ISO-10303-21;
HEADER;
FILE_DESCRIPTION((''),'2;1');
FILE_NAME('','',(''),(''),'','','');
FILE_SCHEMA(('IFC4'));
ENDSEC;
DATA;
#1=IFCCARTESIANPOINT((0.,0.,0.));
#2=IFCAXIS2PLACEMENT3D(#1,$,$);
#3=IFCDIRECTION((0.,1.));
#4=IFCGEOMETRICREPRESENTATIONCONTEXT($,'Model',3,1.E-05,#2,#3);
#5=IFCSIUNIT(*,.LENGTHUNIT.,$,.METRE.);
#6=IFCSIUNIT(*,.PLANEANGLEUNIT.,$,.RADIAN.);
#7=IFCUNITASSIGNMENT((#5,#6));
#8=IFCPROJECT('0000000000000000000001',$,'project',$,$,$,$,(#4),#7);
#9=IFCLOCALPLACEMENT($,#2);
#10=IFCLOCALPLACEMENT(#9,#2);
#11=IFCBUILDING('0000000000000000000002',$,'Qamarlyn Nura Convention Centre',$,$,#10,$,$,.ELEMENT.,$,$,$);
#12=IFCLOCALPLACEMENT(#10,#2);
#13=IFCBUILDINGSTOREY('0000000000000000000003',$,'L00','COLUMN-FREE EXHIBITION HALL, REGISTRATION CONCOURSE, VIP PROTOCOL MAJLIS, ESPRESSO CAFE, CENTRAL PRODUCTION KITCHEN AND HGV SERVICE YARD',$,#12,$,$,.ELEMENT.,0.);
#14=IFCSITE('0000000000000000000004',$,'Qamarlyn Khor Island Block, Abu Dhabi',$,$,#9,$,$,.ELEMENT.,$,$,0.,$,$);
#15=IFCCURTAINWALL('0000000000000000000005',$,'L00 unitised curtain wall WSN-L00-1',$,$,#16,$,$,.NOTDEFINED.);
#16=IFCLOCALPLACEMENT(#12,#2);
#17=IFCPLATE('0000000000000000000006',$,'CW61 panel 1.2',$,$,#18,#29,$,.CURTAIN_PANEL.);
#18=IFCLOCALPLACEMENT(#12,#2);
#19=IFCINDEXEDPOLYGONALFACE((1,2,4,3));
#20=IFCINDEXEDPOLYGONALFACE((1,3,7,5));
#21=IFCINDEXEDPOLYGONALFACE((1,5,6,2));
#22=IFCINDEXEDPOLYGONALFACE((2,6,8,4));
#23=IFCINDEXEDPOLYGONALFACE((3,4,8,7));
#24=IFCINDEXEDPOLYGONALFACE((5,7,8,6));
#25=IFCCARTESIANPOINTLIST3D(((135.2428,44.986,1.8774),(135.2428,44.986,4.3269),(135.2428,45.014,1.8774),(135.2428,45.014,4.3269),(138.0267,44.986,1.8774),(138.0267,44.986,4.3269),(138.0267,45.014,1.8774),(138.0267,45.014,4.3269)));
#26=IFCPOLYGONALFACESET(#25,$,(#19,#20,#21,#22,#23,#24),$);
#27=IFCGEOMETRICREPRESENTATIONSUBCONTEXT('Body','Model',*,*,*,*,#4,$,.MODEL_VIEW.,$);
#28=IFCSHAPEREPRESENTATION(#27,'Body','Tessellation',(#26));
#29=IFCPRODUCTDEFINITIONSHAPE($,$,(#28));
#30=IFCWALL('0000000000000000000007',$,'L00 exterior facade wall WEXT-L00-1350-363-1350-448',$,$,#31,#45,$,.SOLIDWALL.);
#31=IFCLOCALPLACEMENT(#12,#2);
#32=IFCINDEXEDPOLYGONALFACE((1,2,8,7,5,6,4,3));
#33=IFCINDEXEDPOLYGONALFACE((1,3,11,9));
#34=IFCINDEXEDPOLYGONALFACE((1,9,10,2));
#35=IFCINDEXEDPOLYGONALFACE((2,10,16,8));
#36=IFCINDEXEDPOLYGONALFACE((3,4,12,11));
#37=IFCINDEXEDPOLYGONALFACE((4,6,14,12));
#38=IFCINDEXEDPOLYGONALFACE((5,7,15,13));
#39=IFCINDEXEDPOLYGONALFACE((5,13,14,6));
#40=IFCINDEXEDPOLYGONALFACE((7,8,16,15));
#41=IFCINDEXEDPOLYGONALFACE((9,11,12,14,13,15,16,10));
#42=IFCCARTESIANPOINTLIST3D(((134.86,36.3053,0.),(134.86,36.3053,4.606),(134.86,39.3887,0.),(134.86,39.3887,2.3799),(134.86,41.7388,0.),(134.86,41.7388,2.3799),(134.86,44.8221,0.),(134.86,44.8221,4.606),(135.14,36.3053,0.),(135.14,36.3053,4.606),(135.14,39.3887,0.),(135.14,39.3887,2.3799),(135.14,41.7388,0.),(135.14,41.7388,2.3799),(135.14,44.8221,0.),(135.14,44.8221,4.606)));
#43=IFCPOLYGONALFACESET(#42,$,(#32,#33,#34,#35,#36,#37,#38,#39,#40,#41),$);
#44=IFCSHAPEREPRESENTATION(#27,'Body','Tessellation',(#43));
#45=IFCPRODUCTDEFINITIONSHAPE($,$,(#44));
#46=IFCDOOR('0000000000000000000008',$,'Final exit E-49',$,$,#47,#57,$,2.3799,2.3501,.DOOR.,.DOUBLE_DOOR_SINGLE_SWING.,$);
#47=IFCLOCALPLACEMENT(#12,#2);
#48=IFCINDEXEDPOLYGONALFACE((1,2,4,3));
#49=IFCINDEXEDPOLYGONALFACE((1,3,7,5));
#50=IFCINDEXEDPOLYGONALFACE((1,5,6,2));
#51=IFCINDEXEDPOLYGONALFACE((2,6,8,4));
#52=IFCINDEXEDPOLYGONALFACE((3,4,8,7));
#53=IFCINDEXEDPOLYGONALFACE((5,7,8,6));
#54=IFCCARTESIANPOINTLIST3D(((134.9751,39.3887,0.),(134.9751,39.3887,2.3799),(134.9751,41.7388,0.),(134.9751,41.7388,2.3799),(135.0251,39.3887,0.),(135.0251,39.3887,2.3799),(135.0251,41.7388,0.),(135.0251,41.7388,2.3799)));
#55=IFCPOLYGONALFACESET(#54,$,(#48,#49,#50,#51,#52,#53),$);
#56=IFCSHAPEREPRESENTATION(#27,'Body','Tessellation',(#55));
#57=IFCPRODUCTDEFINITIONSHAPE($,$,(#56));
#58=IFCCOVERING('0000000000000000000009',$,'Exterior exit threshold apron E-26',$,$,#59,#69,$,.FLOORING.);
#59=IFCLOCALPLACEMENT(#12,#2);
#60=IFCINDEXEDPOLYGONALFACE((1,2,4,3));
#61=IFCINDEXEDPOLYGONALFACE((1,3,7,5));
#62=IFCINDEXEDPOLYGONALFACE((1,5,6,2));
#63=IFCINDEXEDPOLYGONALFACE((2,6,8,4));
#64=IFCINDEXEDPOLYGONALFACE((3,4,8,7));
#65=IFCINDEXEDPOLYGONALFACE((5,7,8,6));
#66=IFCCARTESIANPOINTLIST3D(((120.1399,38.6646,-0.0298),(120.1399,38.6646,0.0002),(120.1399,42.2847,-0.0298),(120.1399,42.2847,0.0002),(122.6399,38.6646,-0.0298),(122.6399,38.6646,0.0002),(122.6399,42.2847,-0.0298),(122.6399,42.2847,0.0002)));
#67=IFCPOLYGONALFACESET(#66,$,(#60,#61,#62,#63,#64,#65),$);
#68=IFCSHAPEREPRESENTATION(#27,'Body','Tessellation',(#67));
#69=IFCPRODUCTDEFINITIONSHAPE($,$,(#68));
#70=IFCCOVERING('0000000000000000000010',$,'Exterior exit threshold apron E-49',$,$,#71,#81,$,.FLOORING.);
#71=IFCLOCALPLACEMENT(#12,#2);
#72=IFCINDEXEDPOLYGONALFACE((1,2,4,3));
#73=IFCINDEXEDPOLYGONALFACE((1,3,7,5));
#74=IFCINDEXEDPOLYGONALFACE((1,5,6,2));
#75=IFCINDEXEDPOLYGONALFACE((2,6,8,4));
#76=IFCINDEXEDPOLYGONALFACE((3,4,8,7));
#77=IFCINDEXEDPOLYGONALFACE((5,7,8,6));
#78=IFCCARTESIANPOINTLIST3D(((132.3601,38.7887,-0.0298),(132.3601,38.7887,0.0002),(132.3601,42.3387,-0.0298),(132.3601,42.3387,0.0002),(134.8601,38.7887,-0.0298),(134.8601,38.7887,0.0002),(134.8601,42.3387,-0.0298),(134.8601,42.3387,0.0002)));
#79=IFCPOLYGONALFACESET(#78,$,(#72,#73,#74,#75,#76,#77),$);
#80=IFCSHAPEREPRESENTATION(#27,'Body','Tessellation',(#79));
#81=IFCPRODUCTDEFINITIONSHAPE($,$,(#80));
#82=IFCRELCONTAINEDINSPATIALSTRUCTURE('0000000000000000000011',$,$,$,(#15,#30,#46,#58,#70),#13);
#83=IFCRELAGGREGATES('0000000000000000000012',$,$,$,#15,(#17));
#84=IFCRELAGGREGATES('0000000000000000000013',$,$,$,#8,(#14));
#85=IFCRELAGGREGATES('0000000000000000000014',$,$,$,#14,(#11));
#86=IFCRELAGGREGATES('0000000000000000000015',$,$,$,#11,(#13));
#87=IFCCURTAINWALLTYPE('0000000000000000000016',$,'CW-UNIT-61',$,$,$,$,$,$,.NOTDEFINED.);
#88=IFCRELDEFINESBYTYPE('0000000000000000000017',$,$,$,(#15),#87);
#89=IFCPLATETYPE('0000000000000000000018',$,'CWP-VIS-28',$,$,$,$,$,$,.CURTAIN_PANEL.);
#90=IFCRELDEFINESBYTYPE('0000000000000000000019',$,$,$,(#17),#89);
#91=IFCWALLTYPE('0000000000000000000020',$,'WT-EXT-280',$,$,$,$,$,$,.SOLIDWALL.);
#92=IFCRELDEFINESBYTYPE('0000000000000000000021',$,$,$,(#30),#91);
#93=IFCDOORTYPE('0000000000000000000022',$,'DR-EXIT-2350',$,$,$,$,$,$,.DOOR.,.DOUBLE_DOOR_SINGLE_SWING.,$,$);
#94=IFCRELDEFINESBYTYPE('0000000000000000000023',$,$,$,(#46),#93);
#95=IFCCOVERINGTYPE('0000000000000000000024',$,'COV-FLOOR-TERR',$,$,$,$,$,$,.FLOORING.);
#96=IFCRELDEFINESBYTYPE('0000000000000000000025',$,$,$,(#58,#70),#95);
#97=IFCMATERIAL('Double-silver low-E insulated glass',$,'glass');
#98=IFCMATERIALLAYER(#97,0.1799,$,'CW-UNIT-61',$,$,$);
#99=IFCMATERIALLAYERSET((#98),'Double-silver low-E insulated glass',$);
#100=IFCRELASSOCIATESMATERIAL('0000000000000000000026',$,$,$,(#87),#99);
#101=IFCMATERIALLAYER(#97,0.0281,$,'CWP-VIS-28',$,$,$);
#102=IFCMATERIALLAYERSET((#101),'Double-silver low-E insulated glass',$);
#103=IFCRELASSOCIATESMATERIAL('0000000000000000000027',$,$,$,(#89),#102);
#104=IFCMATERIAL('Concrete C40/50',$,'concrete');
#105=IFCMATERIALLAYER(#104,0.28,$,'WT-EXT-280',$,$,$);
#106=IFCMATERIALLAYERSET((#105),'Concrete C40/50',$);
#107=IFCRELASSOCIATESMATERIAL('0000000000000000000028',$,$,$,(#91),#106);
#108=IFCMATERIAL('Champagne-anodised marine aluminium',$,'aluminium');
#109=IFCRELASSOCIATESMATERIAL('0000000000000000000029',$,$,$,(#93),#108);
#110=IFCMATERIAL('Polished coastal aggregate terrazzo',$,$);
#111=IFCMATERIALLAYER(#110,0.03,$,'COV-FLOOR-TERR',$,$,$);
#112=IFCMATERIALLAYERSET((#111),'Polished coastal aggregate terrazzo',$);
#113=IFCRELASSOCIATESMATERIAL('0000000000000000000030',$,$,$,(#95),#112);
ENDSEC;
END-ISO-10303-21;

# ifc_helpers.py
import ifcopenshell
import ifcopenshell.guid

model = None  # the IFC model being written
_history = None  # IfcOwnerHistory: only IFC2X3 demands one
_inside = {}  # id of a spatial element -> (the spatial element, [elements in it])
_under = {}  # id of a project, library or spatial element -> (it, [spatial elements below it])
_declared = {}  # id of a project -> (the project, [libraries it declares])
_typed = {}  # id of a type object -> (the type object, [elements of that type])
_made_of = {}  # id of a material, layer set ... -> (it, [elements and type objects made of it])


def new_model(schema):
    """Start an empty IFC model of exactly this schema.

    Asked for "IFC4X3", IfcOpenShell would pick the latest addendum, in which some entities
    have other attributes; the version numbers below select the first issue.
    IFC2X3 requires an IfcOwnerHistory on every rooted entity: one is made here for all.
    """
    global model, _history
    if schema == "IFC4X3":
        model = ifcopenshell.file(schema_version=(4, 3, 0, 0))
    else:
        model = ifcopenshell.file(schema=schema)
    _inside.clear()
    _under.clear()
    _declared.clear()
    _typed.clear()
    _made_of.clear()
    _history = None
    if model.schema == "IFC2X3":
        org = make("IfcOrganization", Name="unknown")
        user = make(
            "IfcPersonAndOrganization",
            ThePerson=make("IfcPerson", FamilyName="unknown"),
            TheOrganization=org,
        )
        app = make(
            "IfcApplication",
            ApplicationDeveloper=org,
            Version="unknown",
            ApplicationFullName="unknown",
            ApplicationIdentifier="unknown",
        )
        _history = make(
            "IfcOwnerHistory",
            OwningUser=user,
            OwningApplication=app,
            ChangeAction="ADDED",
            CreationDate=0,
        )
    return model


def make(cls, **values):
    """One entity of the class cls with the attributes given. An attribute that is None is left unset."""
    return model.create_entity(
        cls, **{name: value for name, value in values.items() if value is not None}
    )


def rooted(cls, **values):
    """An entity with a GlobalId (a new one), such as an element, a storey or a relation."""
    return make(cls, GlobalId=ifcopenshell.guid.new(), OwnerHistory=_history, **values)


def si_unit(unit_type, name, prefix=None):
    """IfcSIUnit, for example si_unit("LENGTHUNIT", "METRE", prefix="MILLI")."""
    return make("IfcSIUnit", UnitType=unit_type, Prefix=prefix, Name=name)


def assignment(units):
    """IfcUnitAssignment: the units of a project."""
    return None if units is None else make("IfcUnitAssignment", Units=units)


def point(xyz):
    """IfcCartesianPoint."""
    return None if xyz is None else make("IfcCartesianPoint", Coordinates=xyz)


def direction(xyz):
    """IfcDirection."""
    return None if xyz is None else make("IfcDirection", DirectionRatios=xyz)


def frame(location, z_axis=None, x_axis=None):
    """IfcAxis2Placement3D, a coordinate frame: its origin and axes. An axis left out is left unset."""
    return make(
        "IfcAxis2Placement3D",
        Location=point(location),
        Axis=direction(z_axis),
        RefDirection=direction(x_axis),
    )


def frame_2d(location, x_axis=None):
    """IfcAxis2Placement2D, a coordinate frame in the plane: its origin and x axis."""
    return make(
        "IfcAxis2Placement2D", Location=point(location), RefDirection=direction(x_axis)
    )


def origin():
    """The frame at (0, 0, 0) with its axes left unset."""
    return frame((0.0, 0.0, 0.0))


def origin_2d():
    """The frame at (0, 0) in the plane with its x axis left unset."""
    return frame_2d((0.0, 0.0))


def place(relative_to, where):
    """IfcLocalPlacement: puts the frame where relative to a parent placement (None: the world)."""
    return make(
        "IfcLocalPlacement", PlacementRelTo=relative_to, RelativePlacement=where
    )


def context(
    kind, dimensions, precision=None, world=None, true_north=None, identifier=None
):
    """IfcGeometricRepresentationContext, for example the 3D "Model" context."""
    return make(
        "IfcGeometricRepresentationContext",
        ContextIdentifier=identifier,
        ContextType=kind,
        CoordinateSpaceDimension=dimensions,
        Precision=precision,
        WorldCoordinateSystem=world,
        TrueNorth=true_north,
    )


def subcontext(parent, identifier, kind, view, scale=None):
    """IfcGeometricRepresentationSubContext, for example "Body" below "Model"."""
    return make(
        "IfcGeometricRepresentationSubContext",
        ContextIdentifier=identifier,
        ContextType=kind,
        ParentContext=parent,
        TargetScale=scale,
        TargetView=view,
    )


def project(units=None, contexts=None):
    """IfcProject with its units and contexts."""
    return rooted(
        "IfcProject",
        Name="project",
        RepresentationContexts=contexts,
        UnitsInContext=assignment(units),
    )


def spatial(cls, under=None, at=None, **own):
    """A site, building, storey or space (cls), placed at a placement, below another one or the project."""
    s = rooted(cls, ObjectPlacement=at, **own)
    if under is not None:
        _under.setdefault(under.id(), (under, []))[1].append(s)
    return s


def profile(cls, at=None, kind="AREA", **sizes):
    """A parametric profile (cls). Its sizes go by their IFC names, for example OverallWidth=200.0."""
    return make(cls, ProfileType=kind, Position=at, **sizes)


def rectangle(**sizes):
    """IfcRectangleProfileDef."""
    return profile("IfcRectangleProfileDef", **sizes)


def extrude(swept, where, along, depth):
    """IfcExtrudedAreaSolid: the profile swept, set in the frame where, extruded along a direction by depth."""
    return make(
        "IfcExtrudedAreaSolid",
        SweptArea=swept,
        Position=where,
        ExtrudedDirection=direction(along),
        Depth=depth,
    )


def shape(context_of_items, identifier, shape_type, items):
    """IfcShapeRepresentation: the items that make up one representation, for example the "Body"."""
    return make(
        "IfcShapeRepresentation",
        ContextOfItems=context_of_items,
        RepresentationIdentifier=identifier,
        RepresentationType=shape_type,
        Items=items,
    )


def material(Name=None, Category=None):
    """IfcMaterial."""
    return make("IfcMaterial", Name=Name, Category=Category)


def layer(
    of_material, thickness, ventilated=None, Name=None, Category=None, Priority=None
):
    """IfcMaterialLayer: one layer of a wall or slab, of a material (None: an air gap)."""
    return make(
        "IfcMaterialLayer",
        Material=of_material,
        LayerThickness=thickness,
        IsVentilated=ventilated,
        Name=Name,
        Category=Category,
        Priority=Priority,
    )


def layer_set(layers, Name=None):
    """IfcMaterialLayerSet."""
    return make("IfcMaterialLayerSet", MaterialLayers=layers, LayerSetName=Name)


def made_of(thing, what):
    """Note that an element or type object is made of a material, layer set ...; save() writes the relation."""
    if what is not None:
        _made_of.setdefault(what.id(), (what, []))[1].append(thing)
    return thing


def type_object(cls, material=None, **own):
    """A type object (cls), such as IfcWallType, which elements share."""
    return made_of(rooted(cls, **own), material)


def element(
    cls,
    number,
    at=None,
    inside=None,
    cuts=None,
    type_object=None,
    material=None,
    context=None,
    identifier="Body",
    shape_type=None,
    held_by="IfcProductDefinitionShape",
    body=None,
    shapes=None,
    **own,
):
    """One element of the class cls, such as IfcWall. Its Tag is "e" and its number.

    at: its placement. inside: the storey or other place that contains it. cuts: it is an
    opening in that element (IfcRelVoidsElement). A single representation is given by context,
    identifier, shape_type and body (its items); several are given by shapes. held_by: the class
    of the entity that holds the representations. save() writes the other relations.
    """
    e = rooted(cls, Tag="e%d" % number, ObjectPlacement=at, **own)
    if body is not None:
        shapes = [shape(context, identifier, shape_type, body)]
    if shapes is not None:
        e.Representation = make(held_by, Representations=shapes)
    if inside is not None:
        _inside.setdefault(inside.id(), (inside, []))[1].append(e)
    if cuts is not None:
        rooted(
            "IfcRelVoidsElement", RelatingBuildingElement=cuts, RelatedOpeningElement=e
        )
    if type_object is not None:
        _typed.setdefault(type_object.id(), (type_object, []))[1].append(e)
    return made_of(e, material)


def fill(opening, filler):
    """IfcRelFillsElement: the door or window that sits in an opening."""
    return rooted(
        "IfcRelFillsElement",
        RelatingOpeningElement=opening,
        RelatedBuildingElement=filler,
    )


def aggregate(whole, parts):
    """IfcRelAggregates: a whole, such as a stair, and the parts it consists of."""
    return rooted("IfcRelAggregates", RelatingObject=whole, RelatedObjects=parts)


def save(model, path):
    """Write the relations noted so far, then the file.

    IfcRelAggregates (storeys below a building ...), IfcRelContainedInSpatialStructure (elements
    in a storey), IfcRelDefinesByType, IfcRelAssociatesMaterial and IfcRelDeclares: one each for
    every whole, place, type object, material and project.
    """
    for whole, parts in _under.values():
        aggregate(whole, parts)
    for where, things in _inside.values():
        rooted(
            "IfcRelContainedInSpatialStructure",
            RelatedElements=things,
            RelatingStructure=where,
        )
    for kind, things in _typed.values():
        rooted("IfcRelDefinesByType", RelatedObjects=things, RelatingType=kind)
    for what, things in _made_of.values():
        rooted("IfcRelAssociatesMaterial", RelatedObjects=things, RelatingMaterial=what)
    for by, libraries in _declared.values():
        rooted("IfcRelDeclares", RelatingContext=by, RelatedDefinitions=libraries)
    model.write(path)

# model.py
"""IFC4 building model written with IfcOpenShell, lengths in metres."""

from ifc_helpers import new_model, si_unit, direction, frame, frame_2d, origin, origin_2d, place, context, subcontext, project, spatial, rectangle, extrude, material, layer, layer_set, type_object, element, fill, aggregate, save


model = new_model("IFC4")

# Units and contexts
model_context = context("Model", 3, precision=1e-05, world=origin(), true_north=direction((0.0, 1.0)))
body_context = subcontext(model_context, "Body", "Model", "MODEL_VIEW")
ifc_project = project(units=[si_unit("LENGTHUNIT", "METRE"), si_unit("PLANEANGLEUNIT", "RADIAN")], contexts=[model_context])

# Site, building, storey
site_placement = place(None, origin())
site = spatial("IfcSite", under=ifc_project, at=site_placement, Name="Qamarlyn Khor Island Block, Abu Dhabi", CompositionType="ELEMENT", RefElevation=0.0)
building_placement = place(site_placement, origin())
building = spatial("IfcBuilding", under=site, at=building_placement, Name="Qamarlyn Nura Convention Centre", CompositionType="ELEMENT")
storey_placement = place(building_placement, origin())
storey = spatial("IfcBuildingStorey", under=building, at=storey_placement, Name="L00", Description="COLUMN-FREE EXHIBITION HALL, REGISTRATION CONCOURSE, VIP PROTOCOL MAJLIS, ESPRESSO CAFE, CENTRAL PRODUCTION KITCHEN AND HGV SERVICE YARD", CompositionType="ELEMENT", Elevation=0.0)

# Curtain wall, plate
ifc_material_1 = material(Name="Double-silver low-E insulated glass", Category="glass")
ifc_layer_1 = layer(ifc_material_1, 0.1799, Name="CW-UNIT-61")
ifc_layer_set_1 = layer_set([ifc_layer_1], Name="Double-silver low-E insulated glass")
curtain_wall_type = type_object("IfcCurtainWallType", Name="CW-UNIT-61", PredefinedType="NOTDEFINED", material=ifc_layer_set_1)
curtain_wall_placement = place(storey_placement, origin())
curtain_wall = element("IfcCurtainWall", 1, at=curtain_wall_placement, inside=storey, type_object=curtain_wall_type, Name="L00 unitised curtain wall WSN-L00-1", PredefinedType="NOTDEFINED")
ifc_material_2 = material(Name="Champagne-anodised marine aluminium", Category="aluminium")
ifc_layer_2 = layer(ifc_material_1, 0.0281, Name="CWP-VIS-28")
ifc_layer_set_2 = layer_set([ifc_layer_2], Name="Double-silver low-E insulated glass")
plate_type = type_object("IfcPlateType", Name="CWP-VIS-28", PredefinedType="CURTAIN_PANEL", material=ifc_layer_set_2)
plate_1_placement = place(storey_placement, frame((136.6348, 45.0, 1.8774), z_axis=(0.0, 0.0, 1.0), x_axis=(1.0, 0.0, 0.0)))
plate_1 = element("IfcPlate", 2, at=plate_1_placement, type_object=plate_type, Name="CW61 panel 1.2", PredefinedType="CURTAIN_PANEL", context=body_context, shape_type="SweptSolid", body=[
    extrude(rectangle(XDim=2.7839, YDim=0.0281, at=origin_2d()), origin(), (0.0, 0.0, 1.0), 2.4495),
])
aggregate(curtain_wall, [plate_1])

# Wall, opening, door
ifc_material_3 = material(Name="Concrete C40/50", Category="concrete")
ifc_layer_3 = layer(ifc_material_3, 0.28, Name="WT-EXT-280")
ifc_layer_set_3 = layer_set([ifc_layer_3], Name="Concrete C40/50")
wall_type = type_object("IfcWallType", Name="WT-EXT-280", PredefinedType="SOLIDWALL", material=ifc_layer_set_3)
wall_placement = place(storey_placement, frame((135.0, 36.3054, 0.0), z_axis=(0.0, 0.0, 1.0), x_axis=(0.0, 1.0, 0.0)))
wall = element("IfcWall", 3, at=wall_placement, inside=storey, type_object=wall_type, Name="L00 exterior facade wall WEXT-L00-1350-363-1350-448", PredefinedType="SOLIDWALL", context=body_context, shape_type="SweptSolid", body=[
    extrude(rectangle(XDim=8.5168, YDim=0.28, at=frame_2d((4.2583, 0.0))), origin(), (0.0, 0.0, 1.0), 4.606),
])
opening_placement = place(wall_placement, frame((3.0833, 0.0, 0.0)))
opening = element("IfcOpeningElement", 4, at=opening_placement, cuts=wall, PredefinedType="OPENING", context=body_context, shape_type="SweptSolid", body=[
    extrude(rectangle(XDim=2.3501, YDim=2.3799, at=frame_2d((1.175, 1.1899))), frame((0.0, 0.1499, 0.0), z_axis=(0.0, -1.0, 0.0), x_axis=(1.0, 0.0, 0.0)), (0.0, 0.0, 1.0), 0.3),
])
door_type = type_object("IfcDoorType", Name="DR-EXIT-2350", OperationType="DOUBLE_DOOR_SINGLE_SWING", PredefinedType="DOOR", material=ifc_material_2)
door_placement = place(opening_placement, origin())
door = element("IfcDoor", 5, at=door_placement, inside=storey, type_object=door_type, Name="Final exit E-49", OperationType="DOUBLE_DOOR_SINGLE_SWING", OverallHeight=2.3799, OverallWidth=2.3501, PredefinedType="DOOR", context=body_context, shape_type="SweptSolid", body=[
    extrude(rectangle(XDim=2.3501, YDim=2.3799, at=frame_2d((1.175, 1.1899))), frame((0.0, 0.0249, 0.0), z_axis=(0.0, -1.0, 0.0), x_axis=(1.0, 0.0, 0.0)), (0.0, 0.0, 1.0), 0.05),
])
fill(opening, door)

# Coverings
ifc_material_4 = material(Name="Polished coastal aggregate terrazzo")
ifc_layer_4 = layer(ifc_material_4, 0.03, Name="COV-FLOOR-TERR")
ifc_layer_set_4 = layer_set([ifc_layer_4], Name="Polished coastal aggregate terrazzo")
covering_type = type_object("IfcCoveringType", Name="COV-FLOOR-TERR", PredefinedType="FLOORING", material=ifc_layer_set_4)
covering_1_placement = place(storey_placement, frame((121.3899, 40.4746, -0.0298), z_axis=(0.0, 0.0, 1.0), x_axis=(0.0, -1.0, 0.0)))
element("IfcCovering", 6, at=covering_1_placement, inside=storey, type_object=covering_type, Name="Exterior exit threshold apron E-26", PredefinedType="FLOORING", context=body_context, shape_type="SweptSolid", body=[
    extrude(rectangle(XDim=3.6201, YDim=2.5, at=origin_2d()), origin(), (0.0, 0.0, 1.0), 0.03),
])
covering_2_placement = place(storey_placement, frame((133.6101, 40.5637, -0.0298), z_axis=(0.0, 0.0, 1.0), x_axis=(0.0, 1.0, 0.0)))
element("IfcCovering", 7, at=covering_2_placement, inside=storey, type_object=covering_type, Name="Exterior exit threshold apron E-49", PredefinedType="FLOORING", context=body_context, shape_type="SweptSolid", body=[
    extrude(rectangle(XDim=3.55, YDim=2.5, at=origin_2d()), origin(), (0.0, 0.0, 1.0), 0.03),
])

save(model, "model.ifc")
